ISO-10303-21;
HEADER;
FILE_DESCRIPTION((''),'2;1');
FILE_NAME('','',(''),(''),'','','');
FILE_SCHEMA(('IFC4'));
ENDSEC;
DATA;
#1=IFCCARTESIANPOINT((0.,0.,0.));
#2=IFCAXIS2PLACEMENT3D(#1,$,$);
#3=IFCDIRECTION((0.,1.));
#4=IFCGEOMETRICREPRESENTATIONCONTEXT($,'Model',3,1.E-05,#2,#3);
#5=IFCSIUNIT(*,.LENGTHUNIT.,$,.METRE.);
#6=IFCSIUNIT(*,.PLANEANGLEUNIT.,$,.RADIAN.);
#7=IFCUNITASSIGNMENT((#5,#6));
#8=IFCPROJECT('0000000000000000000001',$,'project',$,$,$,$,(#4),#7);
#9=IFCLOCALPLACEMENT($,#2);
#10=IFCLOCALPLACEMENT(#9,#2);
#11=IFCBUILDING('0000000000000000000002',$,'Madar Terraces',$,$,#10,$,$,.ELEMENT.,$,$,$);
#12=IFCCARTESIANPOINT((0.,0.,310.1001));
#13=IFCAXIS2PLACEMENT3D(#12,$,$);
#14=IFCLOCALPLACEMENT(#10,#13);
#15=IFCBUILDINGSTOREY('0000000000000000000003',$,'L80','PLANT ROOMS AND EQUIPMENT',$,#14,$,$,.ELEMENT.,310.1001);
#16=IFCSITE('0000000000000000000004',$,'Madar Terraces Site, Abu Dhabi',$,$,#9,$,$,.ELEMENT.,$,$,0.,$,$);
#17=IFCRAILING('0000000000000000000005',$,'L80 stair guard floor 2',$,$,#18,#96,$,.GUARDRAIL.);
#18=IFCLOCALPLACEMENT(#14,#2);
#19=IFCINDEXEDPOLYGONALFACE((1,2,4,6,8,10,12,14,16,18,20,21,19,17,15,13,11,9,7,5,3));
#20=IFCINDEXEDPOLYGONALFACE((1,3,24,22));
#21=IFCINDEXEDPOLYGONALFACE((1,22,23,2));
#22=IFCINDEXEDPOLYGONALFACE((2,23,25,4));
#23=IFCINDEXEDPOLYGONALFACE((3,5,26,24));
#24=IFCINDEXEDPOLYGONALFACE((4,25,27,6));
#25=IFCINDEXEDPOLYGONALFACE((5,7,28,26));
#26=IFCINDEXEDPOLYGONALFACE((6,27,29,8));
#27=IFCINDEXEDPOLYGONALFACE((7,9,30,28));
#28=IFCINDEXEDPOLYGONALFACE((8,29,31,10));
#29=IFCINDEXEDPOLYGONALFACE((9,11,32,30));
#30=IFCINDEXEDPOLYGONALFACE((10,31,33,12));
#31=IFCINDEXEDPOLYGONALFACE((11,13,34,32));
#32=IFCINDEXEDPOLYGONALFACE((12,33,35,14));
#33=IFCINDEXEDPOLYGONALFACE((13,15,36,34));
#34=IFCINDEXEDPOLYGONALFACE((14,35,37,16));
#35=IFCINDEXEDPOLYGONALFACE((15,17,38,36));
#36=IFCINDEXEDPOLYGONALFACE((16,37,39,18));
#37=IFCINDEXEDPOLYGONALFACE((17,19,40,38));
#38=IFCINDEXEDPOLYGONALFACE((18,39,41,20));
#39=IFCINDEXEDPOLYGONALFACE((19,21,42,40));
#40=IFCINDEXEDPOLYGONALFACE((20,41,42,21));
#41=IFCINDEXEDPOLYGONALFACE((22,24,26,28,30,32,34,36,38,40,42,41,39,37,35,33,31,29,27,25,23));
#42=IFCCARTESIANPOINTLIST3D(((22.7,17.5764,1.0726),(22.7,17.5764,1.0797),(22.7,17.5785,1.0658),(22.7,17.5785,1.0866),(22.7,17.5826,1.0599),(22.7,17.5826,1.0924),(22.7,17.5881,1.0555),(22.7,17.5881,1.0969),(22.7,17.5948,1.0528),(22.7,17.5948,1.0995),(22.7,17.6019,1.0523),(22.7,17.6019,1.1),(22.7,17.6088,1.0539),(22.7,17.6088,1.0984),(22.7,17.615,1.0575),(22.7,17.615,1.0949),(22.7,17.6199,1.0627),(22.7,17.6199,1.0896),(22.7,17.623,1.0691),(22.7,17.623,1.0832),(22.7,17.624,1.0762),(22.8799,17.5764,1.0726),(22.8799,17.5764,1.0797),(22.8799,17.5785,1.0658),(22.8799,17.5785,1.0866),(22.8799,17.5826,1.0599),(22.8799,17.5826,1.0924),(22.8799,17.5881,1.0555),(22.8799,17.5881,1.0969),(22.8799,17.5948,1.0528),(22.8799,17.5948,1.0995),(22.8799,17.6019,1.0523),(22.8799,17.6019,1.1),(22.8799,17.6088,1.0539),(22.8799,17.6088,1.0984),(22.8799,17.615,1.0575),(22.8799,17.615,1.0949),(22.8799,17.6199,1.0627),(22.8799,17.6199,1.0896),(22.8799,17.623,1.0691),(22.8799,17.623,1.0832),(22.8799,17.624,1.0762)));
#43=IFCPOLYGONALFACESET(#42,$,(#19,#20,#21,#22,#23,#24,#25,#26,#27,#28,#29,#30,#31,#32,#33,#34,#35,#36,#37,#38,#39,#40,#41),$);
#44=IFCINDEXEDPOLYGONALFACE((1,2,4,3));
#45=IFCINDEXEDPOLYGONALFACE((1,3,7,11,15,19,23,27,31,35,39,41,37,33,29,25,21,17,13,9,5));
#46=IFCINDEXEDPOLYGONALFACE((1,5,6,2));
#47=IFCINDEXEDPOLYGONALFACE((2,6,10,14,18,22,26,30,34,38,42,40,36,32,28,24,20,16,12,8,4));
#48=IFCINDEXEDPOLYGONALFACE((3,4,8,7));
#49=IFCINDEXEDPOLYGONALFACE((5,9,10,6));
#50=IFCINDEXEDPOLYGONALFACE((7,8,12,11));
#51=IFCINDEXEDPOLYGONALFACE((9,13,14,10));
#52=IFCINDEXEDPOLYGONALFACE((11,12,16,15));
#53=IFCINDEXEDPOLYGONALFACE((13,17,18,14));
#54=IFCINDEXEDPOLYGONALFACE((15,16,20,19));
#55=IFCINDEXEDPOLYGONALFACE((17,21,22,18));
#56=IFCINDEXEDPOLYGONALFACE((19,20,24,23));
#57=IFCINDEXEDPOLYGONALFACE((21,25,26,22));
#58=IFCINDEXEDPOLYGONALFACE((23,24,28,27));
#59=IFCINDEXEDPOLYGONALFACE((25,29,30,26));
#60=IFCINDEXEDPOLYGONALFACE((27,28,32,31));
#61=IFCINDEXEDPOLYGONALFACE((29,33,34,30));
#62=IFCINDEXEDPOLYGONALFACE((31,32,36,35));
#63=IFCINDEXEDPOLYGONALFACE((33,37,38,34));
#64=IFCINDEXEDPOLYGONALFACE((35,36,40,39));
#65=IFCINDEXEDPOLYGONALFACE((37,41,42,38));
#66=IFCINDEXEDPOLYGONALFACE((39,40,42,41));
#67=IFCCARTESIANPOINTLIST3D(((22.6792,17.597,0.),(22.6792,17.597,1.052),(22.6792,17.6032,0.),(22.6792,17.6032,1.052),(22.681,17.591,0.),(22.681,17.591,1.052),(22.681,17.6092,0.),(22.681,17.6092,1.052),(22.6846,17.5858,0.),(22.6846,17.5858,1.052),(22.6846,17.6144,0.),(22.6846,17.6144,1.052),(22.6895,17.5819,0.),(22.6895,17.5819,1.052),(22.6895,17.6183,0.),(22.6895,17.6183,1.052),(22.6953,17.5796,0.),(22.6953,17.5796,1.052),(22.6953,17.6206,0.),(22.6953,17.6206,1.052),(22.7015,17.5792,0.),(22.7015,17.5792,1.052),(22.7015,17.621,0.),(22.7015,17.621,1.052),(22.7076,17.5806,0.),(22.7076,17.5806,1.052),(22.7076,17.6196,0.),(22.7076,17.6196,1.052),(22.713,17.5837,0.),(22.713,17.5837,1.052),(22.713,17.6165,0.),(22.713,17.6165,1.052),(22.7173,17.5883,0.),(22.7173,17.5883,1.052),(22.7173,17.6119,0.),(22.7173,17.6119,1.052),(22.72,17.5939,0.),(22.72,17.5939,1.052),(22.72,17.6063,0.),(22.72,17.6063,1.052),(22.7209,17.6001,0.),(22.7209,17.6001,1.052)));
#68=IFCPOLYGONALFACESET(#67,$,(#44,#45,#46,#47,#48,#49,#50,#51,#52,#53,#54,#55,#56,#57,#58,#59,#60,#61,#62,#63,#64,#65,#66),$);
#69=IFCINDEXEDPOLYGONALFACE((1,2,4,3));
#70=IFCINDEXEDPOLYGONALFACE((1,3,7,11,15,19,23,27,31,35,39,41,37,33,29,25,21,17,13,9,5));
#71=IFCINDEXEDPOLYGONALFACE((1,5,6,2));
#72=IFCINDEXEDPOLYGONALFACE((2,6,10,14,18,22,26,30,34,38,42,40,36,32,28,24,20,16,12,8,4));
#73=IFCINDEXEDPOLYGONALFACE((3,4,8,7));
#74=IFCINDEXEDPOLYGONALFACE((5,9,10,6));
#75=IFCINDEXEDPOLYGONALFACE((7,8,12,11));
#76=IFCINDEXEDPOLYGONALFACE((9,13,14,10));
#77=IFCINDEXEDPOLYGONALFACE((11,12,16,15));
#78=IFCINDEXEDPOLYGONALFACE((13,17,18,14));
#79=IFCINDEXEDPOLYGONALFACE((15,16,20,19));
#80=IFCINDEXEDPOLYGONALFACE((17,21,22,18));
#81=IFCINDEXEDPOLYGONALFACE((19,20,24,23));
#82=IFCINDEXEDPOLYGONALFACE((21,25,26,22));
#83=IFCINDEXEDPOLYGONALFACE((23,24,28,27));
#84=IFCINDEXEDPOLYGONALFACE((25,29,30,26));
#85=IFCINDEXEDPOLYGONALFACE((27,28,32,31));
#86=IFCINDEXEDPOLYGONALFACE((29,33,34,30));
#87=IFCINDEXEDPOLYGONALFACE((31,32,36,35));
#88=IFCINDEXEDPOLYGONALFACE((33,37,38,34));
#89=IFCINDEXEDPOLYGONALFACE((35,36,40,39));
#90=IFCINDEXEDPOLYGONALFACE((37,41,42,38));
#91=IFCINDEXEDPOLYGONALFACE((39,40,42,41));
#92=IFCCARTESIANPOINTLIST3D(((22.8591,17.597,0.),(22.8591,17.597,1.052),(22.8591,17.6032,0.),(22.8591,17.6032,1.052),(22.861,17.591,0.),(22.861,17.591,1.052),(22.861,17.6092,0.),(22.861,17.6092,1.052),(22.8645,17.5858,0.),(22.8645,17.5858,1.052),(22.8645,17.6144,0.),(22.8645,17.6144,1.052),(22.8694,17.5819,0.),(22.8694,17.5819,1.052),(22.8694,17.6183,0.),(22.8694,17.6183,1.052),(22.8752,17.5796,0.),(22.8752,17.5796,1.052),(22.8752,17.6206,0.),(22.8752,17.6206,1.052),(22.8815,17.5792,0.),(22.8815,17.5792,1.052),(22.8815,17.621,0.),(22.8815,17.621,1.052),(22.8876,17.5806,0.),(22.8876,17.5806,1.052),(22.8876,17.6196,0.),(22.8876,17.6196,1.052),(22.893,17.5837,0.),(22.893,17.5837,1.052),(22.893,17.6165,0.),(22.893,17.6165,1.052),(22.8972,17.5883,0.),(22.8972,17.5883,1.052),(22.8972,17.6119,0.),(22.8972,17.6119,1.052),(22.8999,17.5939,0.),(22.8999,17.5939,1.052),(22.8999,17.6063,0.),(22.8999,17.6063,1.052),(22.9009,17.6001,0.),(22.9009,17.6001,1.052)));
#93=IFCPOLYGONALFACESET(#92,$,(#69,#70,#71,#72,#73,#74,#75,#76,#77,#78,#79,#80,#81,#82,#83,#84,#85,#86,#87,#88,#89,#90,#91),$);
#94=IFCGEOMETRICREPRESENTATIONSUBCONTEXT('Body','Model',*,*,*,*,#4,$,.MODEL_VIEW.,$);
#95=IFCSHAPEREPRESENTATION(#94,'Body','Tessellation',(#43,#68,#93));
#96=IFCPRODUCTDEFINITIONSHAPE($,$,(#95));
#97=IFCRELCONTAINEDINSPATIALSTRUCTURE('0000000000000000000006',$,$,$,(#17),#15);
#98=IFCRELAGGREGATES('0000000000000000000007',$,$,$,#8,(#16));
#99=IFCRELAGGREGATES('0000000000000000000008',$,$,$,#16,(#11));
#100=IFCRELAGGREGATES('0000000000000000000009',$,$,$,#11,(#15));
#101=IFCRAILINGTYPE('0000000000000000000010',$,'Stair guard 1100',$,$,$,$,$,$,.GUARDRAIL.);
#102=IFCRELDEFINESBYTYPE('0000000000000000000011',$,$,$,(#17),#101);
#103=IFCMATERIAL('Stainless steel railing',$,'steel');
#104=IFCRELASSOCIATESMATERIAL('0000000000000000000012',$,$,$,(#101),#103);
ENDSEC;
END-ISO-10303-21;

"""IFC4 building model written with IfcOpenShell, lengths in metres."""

from ifc_helpers import new_model, si_unit, direction, frame, origin, origin_2d, place, context, subcontext, project, spatial, circle, extrude, material, type_object, element, save


model = new_model("IFC4")

# Units and contexts
model_context = context("Model", 3, precision=1e-05, world=origin(), true_north=direction((0.0, 1.0)))
body_context = subcontext(model_context, "Body", "Model", "MODEL_VIEW")
ifc_project = project(units=[si_unit("LENGTHUNIT", "METRE"), si_unit("PLANEANGLEUNIT", "RADIAN")], contexts=[model_context])

# Site, building, storey
site_placement = place(None, origin())
site = spatial("IfcSite", under=ifc_project, at=site_placement, Name="Madar Terraces Site, Abu Dhabi", CompositionType="ELEMENT", RefElevation=0.0)
building_placement = place(site_placement, origin())
building = spatial("IfcBuilding", under=site, at=building_placement, Name="Madar Terraces", CompositionType="ELEMENT")
storey_placement = place(building_placement, frame((0.0, 0.0, 310.1001)))
storey = spatial("IfcBuildingStorey", under=building, at=storey_placement, Name="L80", Description="PLANT ROOMS AND EQUIPMENT", CompositionType="ELEMENT", Elevation=310.1001)

# Railing
ifc_material_1 = material(Name="Stainless steel railing", Category="steel")
railing_type_1 = type_object("IfcRailingType", Name="Stair guard 1100", PredefinedType="GUARDRAIL", material=ifc_material_1)
for number, where, name in (
    (1, (22.7, 17.6001, 0.0), "L80 stair guard floor 2"),
):
    element("IfcRailing", number, at=place(storey_placement, frame(where)), inside=storey, type_object=railing_type_1, Name=name, PredefinedType="GUARDRAIL", context=body_context, shape_type="SweptSolid", body=[
        extrude(circle(Radius=0.0239, at=origin_2d()), frame((0.0, 0.0, 1.0762), z_axis=(1.0, 0.0, 0.0), x_axis=(0.0, 1.0, 0.0)), (0.0, 0.0, 1.0), 0.1799),
        extrude(circle(Radius=0.021, at=origin_2d()), origin(), (0.0, 0.0, 1.0), 1.052),
        extrude(circle(Radius=0.021, at=origin_2d()), frame((0.1799, 0.0, 0.0)), (0.0, 0.0, 1.0), 1.052),
    ])

save(model, "model.ifc")
